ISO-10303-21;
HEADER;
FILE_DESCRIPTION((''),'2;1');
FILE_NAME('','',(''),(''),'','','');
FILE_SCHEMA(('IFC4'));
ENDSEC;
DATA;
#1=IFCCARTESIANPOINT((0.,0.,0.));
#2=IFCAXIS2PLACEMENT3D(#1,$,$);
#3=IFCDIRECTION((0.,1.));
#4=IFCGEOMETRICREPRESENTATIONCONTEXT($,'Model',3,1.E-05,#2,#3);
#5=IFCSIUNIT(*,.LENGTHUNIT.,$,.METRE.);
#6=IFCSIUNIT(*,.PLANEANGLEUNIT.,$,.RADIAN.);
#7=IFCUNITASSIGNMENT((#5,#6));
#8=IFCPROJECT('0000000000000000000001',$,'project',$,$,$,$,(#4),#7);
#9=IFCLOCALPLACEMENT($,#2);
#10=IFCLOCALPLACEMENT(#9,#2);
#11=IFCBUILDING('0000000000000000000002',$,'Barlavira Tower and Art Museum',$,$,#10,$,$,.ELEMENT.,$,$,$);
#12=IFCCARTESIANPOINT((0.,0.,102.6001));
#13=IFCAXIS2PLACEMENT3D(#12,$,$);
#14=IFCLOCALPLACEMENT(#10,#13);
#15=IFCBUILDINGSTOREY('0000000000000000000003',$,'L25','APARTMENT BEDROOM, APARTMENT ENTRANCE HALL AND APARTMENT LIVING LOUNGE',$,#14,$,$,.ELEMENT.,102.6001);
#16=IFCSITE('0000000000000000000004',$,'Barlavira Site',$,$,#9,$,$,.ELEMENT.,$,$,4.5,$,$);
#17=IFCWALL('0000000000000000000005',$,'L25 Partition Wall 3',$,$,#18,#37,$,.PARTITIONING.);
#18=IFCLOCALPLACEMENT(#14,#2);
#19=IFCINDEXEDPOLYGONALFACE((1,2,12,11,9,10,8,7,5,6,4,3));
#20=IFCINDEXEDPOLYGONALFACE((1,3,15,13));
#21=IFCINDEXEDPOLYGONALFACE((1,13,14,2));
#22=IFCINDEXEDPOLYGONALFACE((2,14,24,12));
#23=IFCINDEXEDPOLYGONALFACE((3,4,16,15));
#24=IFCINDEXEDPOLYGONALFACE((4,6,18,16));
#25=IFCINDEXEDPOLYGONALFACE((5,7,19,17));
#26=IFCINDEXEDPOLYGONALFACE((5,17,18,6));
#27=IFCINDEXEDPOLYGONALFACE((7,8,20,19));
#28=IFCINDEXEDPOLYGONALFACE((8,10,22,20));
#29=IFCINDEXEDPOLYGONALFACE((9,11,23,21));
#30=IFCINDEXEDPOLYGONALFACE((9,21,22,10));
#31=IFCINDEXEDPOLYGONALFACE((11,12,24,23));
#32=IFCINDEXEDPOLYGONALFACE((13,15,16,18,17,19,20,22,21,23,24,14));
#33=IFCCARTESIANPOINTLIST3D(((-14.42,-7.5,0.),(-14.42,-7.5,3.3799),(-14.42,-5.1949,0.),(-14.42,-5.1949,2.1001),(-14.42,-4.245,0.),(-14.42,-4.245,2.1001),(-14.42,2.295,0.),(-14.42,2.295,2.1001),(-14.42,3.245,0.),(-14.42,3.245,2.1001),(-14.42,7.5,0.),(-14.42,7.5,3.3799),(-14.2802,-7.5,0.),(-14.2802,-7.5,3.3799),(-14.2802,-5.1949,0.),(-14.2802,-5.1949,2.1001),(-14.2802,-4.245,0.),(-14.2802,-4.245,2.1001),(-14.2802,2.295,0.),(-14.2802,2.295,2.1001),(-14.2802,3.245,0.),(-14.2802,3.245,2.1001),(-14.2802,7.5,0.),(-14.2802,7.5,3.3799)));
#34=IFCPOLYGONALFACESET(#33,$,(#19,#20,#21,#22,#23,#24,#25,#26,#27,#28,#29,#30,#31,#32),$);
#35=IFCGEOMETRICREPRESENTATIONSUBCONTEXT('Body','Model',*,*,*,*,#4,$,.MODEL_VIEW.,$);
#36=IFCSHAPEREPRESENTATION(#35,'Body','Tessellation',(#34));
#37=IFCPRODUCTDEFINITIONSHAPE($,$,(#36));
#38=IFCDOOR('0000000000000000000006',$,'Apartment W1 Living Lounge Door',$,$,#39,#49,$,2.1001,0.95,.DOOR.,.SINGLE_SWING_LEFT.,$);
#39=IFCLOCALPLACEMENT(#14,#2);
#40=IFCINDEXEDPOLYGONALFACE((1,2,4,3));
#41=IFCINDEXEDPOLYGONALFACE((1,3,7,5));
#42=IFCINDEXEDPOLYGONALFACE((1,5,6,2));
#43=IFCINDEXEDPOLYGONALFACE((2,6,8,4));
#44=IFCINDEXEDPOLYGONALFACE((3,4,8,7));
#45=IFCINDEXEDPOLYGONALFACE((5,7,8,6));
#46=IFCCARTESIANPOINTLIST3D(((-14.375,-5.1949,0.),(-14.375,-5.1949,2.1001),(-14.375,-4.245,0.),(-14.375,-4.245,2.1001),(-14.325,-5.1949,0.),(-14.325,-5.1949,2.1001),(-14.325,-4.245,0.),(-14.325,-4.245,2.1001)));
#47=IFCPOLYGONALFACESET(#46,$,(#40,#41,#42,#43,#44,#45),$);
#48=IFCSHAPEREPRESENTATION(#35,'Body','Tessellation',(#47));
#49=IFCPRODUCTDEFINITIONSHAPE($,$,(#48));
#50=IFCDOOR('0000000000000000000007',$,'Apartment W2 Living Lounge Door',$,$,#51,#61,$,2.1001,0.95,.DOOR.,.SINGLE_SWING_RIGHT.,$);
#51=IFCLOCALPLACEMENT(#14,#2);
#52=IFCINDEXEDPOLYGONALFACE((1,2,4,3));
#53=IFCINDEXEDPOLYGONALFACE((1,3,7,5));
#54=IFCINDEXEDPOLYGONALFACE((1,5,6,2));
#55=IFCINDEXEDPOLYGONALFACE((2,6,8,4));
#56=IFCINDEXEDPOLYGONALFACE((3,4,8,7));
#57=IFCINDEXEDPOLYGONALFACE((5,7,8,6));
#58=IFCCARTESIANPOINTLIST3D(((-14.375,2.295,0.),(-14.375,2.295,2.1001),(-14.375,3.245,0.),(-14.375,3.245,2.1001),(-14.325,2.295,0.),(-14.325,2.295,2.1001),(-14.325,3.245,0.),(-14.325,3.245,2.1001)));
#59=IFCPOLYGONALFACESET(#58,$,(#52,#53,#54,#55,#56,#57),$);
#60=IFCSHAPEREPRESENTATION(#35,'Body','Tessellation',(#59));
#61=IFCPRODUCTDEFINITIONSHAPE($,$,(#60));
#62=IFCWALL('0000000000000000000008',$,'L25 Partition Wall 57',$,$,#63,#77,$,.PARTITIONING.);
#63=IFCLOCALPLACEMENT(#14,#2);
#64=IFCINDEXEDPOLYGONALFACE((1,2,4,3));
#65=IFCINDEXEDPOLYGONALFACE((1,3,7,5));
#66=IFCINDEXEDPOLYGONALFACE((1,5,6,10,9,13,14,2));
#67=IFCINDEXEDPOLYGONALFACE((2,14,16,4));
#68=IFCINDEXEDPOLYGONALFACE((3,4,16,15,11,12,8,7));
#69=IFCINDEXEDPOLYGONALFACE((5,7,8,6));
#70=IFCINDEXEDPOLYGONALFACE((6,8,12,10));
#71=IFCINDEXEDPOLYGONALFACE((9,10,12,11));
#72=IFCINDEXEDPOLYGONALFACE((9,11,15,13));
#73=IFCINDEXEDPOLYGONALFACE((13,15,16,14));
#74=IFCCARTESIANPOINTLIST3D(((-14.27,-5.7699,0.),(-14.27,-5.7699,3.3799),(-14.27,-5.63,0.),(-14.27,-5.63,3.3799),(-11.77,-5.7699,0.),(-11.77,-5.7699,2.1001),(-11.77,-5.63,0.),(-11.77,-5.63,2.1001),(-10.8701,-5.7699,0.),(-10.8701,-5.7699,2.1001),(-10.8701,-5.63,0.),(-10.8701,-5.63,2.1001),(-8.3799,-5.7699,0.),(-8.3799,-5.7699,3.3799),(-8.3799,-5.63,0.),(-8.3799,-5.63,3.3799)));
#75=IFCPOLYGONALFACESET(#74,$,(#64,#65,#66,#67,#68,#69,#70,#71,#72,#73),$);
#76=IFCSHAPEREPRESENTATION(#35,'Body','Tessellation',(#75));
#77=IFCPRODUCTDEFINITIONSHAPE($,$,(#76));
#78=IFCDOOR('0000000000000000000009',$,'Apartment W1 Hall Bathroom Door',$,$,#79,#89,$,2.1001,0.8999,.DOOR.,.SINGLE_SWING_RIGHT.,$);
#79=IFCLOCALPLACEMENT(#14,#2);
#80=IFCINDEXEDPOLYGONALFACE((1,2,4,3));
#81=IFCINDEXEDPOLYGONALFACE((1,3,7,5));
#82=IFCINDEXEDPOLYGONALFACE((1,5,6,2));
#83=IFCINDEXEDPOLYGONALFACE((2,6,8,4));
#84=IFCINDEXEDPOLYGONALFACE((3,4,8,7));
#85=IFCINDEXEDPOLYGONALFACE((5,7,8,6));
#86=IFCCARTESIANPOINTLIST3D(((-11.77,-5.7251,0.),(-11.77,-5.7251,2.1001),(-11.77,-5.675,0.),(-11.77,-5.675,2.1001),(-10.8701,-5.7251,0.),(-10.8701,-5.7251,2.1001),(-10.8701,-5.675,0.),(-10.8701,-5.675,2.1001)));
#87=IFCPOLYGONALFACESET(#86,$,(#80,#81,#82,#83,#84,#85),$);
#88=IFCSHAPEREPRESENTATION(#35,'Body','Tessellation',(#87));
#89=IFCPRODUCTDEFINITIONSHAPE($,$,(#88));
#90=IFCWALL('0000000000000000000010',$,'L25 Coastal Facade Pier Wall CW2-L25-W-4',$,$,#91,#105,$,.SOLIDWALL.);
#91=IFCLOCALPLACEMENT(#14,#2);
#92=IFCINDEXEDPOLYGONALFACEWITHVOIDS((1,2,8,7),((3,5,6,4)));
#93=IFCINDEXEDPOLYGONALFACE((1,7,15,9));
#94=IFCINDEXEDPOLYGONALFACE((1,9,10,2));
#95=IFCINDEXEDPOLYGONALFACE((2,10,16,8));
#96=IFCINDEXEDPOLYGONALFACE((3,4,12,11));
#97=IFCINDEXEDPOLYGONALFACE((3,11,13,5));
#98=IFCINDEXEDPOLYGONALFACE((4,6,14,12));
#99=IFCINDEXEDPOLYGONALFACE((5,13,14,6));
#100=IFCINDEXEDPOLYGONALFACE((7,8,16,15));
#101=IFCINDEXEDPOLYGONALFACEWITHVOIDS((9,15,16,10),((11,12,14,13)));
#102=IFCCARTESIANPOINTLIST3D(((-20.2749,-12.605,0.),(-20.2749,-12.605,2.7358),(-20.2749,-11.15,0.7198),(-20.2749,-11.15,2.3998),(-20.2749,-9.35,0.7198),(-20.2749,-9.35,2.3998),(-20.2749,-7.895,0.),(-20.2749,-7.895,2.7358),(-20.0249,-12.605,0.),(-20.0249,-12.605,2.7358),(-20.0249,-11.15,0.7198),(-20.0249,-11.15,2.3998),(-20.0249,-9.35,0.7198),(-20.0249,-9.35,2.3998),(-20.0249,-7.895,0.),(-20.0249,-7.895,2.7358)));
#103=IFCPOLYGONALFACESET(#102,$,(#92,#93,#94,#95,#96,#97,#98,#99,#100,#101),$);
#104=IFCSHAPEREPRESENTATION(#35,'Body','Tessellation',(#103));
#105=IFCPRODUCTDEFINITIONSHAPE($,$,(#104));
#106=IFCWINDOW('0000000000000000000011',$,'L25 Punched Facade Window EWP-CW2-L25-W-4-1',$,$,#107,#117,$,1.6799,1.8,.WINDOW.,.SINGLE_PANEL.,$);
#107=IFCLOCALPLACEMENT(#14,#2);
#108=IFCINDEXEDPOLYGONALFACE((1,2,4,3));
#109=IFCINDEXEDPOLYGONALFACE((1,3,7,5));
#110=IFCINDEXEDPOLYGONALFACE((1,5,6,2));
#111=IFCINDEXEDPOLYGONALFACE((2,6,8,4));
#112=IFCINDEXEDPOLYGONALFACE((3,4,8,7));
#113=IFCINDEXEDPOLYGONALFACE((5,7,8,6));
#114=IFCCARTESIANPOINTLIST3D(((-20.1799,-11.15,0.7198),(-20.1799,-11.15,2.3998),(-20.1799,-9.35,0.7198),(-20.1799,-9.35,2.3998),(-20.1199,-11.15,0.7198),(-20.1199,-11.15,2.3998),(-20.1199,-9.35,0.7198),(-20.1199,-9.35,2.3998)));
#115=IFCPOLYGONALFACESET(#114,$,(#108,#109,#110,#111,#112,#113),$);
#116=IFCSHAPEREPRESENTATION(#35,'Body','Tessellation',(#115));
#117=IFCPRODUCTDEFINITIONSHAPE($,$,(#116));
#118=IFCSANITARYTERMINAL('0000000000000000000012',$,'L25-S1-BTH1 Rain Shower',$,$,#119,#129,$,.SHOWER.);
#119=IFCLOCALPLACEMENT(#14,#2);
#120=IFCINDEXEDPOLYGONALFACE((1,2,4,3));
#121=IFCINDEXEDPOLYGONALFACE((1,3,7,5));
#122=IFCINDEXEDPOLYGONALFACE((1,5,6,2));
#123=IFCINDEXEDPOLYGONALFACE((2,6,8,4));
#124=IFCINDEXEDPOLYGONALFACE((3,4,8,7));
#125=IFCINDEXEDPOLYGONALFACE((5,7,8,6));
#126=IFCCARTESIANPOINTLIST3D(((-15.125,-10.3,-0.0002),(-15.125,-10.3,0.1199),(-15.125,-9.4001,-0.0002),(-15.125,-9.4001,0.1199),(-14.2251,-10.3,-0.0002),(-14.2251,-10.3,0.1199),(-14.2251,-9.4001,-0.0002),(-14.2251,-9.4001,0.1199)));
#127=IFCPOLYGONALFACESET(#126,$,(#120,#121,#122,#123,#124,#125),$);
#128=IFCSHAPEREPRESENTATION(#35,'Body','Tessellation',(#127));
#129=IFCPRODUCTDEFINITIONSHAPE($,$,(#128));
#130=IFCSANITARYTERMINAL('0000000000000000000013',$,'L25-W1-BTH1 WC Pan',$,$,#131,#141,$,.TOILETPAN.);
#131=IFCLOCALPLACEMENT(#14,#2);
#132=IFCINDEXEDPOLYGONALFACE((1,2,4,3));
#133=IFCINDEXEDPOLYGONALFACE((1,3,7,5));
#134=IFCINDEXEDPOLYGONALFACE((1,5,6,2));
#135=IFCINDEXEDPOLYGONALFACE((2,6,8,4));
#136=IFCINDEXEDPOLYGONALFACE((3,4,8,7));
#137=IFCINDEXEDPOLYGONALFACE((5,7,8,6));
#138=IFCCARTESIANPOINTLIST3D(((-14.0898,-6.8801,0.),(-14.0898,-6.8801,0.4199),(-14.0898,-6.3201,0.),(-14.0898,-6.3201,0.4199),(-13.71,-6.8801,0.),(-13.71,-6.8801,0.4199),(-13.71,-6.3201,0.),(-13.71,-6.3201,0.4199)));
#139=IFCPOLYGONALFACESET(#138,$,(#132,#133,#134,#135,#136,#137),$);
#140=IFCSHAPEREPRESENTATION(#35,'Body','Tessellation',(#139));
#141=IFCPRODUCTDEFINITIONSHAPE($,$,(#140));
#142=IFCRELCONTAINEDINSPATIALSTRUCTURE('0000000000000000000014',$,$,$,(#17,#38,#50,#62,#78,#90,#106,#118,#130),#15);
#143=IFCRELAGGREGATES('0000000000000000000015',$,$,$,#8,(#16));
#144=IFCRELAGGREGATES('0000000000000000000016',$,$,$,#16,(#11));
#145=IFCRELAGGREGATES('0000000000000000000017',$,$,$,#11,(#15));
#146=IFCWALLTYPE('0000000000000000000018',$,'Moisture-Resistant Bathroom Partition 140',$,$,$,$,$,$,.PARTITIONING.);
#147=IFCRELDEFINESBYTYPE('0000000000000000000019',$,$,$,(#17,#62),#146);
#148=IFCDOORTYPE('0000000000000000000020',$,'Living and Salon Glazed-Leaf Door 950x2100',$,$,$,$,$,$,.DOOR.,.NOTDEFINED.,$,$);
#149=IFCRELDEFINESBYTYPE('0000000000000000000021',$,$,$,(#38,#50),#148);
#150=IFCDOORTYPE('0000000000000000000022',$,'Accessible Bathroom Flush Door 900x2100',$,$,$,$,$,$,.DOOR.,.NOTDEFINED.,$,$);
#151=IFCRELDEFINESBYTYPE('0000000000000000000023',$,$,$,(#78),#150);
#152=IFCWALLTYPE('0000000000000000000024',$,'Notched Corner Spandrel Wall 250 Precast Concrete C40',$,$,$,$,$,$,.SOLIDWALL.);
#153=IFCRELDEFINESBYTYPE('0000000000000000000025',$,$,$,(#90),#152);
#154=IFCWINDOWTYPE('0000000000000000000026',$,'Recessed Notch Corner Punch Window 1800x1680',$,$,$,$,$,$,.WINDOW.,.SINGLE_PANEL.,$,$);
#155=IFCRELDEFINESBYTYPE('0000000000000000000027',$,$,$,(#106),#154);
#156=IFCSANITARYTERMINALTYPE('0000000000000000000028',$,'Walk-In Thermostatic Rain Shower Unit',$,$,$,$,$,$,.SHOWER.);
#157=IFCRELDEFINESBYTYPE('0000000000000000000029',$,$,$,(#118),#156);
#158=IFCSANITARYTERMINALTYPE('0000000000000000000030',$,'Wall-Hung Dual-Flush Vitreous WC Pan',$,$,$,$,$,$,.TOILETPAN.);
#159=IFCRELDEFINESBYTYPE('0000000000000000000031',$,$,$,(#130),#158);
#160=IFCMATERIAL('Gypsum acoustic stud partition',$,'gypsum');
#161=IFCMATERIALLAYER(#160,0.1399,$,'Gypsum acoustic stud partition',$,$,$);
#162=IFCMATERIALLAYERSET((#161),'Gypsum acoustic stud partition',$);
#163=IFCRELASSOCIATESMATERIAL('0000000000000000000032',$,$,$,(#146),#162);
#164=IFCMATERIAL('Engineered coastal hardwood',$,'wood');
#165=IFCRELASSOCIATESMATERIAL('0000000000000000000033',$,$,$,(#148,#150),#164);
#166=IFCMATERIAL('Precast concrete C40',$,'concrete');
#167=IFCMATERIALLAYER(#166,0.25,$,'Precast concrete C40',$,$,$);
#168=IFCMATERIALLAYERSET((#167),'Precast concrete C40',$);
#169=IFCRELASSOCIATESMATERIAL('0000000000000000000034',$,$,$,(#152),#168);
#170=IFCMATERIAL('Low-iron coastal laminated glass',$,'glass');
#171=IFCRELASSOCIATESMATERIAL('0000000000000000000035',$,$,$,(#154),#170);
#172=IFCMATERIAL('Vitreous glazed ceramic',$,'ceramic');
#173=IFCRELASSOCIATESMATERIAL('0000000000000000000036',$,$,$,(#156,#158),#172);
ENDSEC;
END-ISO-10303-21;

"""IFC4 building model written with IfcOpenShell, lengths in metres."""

from ifc_helpers import new_model, si_unit, direction, frame, frame_2d, origin, origin_2d, place, context, subcontext, project, spatial, rectangle, extrude, material, layer, layer_set, type_object, element, fill, save


model = new_model("IFC4")

# Units and contexts
model_context = context("Model", 3, precision=1e-05, world=origin(), true_north=direction((0.0, 1.0)))
body_context = subcontext(model_context, "Body", "Model", "MODEL_VIEW")
ifc_project = project(units=[si_unit("LENGTHUNIT", "METRE"), si_unit("PLANEANGLEUNIT", "RADIAN")], contexts=[model_context])

# Site, building, storey
site_placement = place(None, origin())
site = spatial("IfcSite", under=ifc_project, at=site_placement, Name="Barlavira Site", CompositionType="ELEMENT", RefElevation=4.5)
building_placement = place(site_placement, origin())
building = spatial("IfcBuilding", under=site, at=building_placement, Name="Barlavira Tower and Art Museum", CompositionType="ELEMENT")
storey_placement = place(building_placement, frame((0.0, 0.0, 102.6001)))
storey = spatial("IfcBuildingStorey", under=building, at=storey_placement, Name="L25", Description="APARTMENT BEDROOM, APARTMENT ENTRANCE HALL AND APARTMENT LIVING LOUNGE", CompositionType="ELEMENT", Elevation=102.6001)

# Shared definitions
ifc_material_1 = material(Name="Low-iron coastal laminated glass", Category="glass")

# Shared definitions
ifc_material_2 = material(Name="Gypsum acoustic stud partition", Category="gypsum")
ifc_material_3 = material(Name="Engineered coastal hardwood", Category="wood")

# Wall, openings, doors
ifc_layer_1 = layer(ifc_material_2, 0.1399, Name="Gypsum acoustic stud partition")
ifc_layer_set_1 = layer_set([ifc_layer_1], Name="Gypsum acoustic stud partition")
wall_type_1 = type_object("IfcWallType", Name="Moisture-Resistant Bathroom Partition 140", PredefinedType="PARTITIONING", material=ifc_layer_set_1)
wall_1_placement = place(storey_placement, frame((-14.3501, -7.5, 0.0), z_axis=(0.0, 0.0, 1.0), x_axis=(0.0, 1.0, 0.0)))
wall_1 = element("IfcWall", 1, at=wall_1_placement, inside=storey, type_object=wall_type_1, Name="L25 Partition Wall 3", PredefinedType="PARTITIONING", context=body_context, shape_type="SweptSolid", body=[
    extrude(rectangle(XDim=15.0, YDim=0.1399, at=frame_2d((7.5, 0.0))), origin(), (0.0, 0.0, 1.0), 3.3799),
])
opening_1_placement = place(wall_1_placement, frame((2.3049, 0.0, 0.0)))
opening_1 = element("IfcOpeningElement", 2, at=opening_1_placement, cuts=wall_1, PredefinedType="OPENING", context=body_context, shape_type="SweptSolid", body=[
    extrude(rectangle(XDim=0.95, YDim=2.1001, at=frame_2d((0.4751, 1.05))), frame((0.0, 0.0801, 0.0), z_axis=(0.0, -1.0, 0.0), x_axis=(1.0, 0.0, 0.0)), (0.0, 0.0, 1.0), 0.1599),
])
opening_2_placement = place(wall_1_placement, frame((9.7949, 0.0, 0.0)))
opening_2 = element("IfcOpeningElement", 3, at=opening_2_placement, cuts=wall_1, PredefinedType="OPENING", context=body_context, shape_type="SweptSolid", body=[
    extrude(rectangle(XDim=0.95, YDim=2.1001, at=frame_2d((0.4751, 1.05))), frame((0.0, 0.0801, 0.0), z_axis=(0.0, -1.0, 0.0), x_axis=(1.0, 0.0, 0.0)), (0.0, 0.0, 1.0), 0.1599),
])
door_type_1 = type_object("IfcDoorType", Name="Living and Salon Glazed-Leaf Door 950x2100", OperationType="NOTDEFINED", PredefinedType="DOOR", material=ifc_material_3)
door_1_placement = place(opening_1_placement, origin())
door_1 = element("IfcDoor", 4, at=door_1_placement, inside=storey, type_object=door_type_1, Name="Apartment W1 Living Lounge Door", OperationType="SINGLE_SWING_LEFT", OverallHeight=2.1001, OverallWidth=0.95, PredefinedType="DOOR", context=body_context, shape_type="SweptSolid", body=[
    extrude(rectangle(XDim=0.95, YDim=2.1001, at=frame_2d((0.4751, 1.05))), frame((0.0, 0.0249, 0.0), z_axis=(0.0, -1.0, 0.0), x_axis=(1.0, 0.0, 0.0)), (0.0, 0.0, 1.0), 0.05),
])
fill(opening_1, door_1)
door_2_placement = place(opening_2_placement, origin())
door_2 = element("IfcDoor", 5, at=door_2_placement, inside=storey, type_object=door_type_1, Name="Apartment W2 Living Lounge Door", OperationType="SINGLE_SWING_RIGHT", OverallHeight=2.1001, OverallWidth=0.95, PredefinedType="DOOR", context=body_context, shape_type="SweptSolid", body=[
    extrude(rectangle(XDim=0.95, YDim=2.1001, at=frame_2d((0.4751, 1.05))), frame((0.0, 0.0249, 0.0), z_axis=(0.0, -1.0, 0.0), x_axis=(1.0, 0.0, 0.0)), (0.0, 0.0, 1.0), 0.05),
])
fill(opening_2, door_2)

# Wall, opening, door
wall_2_placement = place(storey_placement, frame((-14.27, -5.7, 0.0), z_axis=(0.0, 0.0, 1.0), x_axis=(1.0, 0.0, 0.0)))
wall_2 = element("IfcWall", 6, at=wall_2_placement, inside=storey, type_object=wall_type_1, Name="L25 Partition Wall 57", PredefinedType="PARTITIONING", context=body_context, shape_type="SweptSolid", body=[
    extrude(rectangle(XDim=5.8901, YDim=0.1399, at=frame_2d((2.9451, 0.0))), origin(), (0.0, 0.0, 1.0), 3.3799),
])
opening_3_placement = place(wall_2_placement, frame((2.5, 0.0, 0.0)))
opening_3 = element("IfcOpeningElement", 7, at=opening_3_placement, cuts=wall_2, PredefinedType="OPENING", context=body_context, shape_type="SweptSolid", body=[
    extrude(rectangle(XDim=0.8999, YDim=2.1001, at=frame_2d((0.45, 1.05))), frame((0.0, 0.0801, 0.0), z_axis=(0.0, -1.0, 0.0), x_axis=(1.0, 0.0, 0.0)), (0.0, 0.0, 1.0), 0.1599),
])
door_type_2 = type_object("IfcDoorType", Name="Accessible Bathroom Flush Door 900x2100", OperationType="NOTDEFINED", PredefinedType="DOOR", material=ifc_material_3)
door_3_placement = place(opening_3_placement, origin())
door_3 = element("IfcDoor", 8, at=door_3_placement, inside=storey, type_object=door_type_2, Name="Apartment W1 Hall Bathroom Door", OperationType="SINGLE_SWING_RIGHT", OverallHeight=2.1001, OverallWidth=0.8999, PredefinedType="DOOR", context=body_context, shape_type="SweptSolid", body=[
    extrude(rectangle(XDim=0.8999, YDim=2.1001, at=frame_2d((0.45, 1.05))), frame((0.0, 0.0249, 0.0), z_axis=(0.0, -1.0, 0.0), x_axis=(1.0, 0.0, 0.0)), (0.0, 0.0, 1.0), 0.05),
])
fill(opening_3, door_3)

# Wall, opening, window
ifc_material_4 = material(Name="Precast concrete C40", Category="concrete")
ifc_layer_2 = layer(ifc_material_4, 0.25, Name="Precast concrete C40")
ifc_layer_set_2 = layer_set([ifc_layer_2], Name="Precast concrete C40")
wall_type_2 = type_object("IfcWallType", Name="Notched Corner Spandrel Wall 250 Precast Concrete C40", PredefinedType="SOLIDWALL", material=ifc_layer_set_2)
wall_3_placement = place(storey_placement, frame((-20.1499, -7.895, 0.0), z_axis=(0.0, 0.0, 1.0), x_axis=(0.0, -1.0, 0.0)))
wall_3 = element("IfcWall", 9, at=wall_3_placement, inside=storey, type_object=wall_type_2, Name="L25 Coastal Facade Pier Wall CW2-L25-W-4", PredefinedType="SOLIDWALL", context=body_context, shape_type="SweptSolid", body=[
    extrude(rectangle(XDim=4.71, YDim=0.25, at=frame_2d((2.355, 0.0))), origin(), (0.0, 0.0, 1.0), 2.7358),
])
opening_4_placement = place(wall_3_placement, frame((1.4551, 0.0, 0.72)))
opening_4 = element("IfcOpeningElement", 10, at=opening_4_placement, cuts=wall_3, PredefinedType="OPENING", context=body_context, shape_type="SweptSolid", body=[
    extrude(rectangle(XDim=1.8, YDim=1.6799, at=frame_2d((0.8999, 0.8398))), frame((0.0, 0.135, 0.0), z_axis=(0.0, -1.0, 0.0), x_axis=(1.0, 0.0, 0.0)), (0.0, 0.0, 1.0), 0.27),
])
window_type = type_object("IfcWindowType", Name="Recessed Notch Corner Punch Window 1800x1680", PartitioningType="SINGLE_PANEL", PredefinedType="WINDOW", material=ifc_material_1)
window_placement = place(opening_4_placement, origin())
window = element("IfcWindow", 11, at=window_placement, inside=storey, type_object=window_type, Name="L25 Punched Facade Window EWP-CW2-L25-W-4-1", OverallHeight=1.6799, OverallWidth=1.8, PartitioningType="SINGLE_PANEL", PredefinedType="WINDOW", context=body_context, shape_type="SweptSolid", body=[
    extrude(rectangle(XDim=1.8, YDim=1.6799, at=frame_2d((0.8999, 0.8398))), frame((0.0, 0.03, 0.0), z_axis=(0.0, -1.0, 0.0), x_axis=(1.0, 0.0, 0.0)), (0.0, 0.0, 1.0), 0.0601),
])
fill(opening_4, window)

# Sanitary terminals
ifc_material_5 = material(Name="Vitreous glazed ceramic", Category="ceramic")
sanitary_terminal_type_1 = type_object("IfcSanitaryTerminalType", Name="Walk-In Thermostatic Rain Shower Unit", PredefinedType="SHOWER", material=ifc_material_5)
sanitary_terminal_1_placement = place(storey_placement, frame((-14.675, -9.8501, -0.0002), z_axis=(0.0, 0.0, 1.0), x_axis=(1.0, 0.0, 0.0)))
element("IfcSanitaryTerminal", 12, at=sanitary_terminal_1_placement, inside=storey, type_object=sanitary_terminal_type_1, Name="L25-S1-BTH1 Rain Shower", PredefinedType="SHOWER", context=body_context, shape_type="SweptSolid", body=[
    extrude(rectangle(XDim=0.8999, YDim=0.8999, at=origin_2d()), origin(), (0.0, 0.0, 1.0), 0.1201),
])
sanitary_terminal_type_2 = type_object("IfcSanitaryTerminalType", Name="Wall-Hung Dual-Flush Vitreous WC Pan", PredefinedType="TOILETPAN", material=ifc_material_5)
sanitary_terminal_2_placement = place(storey_placement, frame((-13.8999, -6.6001, 0.0), z_axis=(0.0, 0.0, 1.0), x_axis=(1.0, 0.0, 0.0)))
element("IfcSanitaryTerminal", 13, at=sanitary_terminal_2_placement, inside=storey, type_object=sanitary_terminal_type_2, Name="L25-W1-BTH1 WC Pan", PredefinedType="TOILETPAN", context=body_context, shape_type="SweptSolid", body=[
    extrude(rectangle(XDim=0.3799, YDim=0.5601, at=origin_2d()), origin(), (0.0, 0.0, 1.0), 0.4199),
])

save(model, "model.ifc")
